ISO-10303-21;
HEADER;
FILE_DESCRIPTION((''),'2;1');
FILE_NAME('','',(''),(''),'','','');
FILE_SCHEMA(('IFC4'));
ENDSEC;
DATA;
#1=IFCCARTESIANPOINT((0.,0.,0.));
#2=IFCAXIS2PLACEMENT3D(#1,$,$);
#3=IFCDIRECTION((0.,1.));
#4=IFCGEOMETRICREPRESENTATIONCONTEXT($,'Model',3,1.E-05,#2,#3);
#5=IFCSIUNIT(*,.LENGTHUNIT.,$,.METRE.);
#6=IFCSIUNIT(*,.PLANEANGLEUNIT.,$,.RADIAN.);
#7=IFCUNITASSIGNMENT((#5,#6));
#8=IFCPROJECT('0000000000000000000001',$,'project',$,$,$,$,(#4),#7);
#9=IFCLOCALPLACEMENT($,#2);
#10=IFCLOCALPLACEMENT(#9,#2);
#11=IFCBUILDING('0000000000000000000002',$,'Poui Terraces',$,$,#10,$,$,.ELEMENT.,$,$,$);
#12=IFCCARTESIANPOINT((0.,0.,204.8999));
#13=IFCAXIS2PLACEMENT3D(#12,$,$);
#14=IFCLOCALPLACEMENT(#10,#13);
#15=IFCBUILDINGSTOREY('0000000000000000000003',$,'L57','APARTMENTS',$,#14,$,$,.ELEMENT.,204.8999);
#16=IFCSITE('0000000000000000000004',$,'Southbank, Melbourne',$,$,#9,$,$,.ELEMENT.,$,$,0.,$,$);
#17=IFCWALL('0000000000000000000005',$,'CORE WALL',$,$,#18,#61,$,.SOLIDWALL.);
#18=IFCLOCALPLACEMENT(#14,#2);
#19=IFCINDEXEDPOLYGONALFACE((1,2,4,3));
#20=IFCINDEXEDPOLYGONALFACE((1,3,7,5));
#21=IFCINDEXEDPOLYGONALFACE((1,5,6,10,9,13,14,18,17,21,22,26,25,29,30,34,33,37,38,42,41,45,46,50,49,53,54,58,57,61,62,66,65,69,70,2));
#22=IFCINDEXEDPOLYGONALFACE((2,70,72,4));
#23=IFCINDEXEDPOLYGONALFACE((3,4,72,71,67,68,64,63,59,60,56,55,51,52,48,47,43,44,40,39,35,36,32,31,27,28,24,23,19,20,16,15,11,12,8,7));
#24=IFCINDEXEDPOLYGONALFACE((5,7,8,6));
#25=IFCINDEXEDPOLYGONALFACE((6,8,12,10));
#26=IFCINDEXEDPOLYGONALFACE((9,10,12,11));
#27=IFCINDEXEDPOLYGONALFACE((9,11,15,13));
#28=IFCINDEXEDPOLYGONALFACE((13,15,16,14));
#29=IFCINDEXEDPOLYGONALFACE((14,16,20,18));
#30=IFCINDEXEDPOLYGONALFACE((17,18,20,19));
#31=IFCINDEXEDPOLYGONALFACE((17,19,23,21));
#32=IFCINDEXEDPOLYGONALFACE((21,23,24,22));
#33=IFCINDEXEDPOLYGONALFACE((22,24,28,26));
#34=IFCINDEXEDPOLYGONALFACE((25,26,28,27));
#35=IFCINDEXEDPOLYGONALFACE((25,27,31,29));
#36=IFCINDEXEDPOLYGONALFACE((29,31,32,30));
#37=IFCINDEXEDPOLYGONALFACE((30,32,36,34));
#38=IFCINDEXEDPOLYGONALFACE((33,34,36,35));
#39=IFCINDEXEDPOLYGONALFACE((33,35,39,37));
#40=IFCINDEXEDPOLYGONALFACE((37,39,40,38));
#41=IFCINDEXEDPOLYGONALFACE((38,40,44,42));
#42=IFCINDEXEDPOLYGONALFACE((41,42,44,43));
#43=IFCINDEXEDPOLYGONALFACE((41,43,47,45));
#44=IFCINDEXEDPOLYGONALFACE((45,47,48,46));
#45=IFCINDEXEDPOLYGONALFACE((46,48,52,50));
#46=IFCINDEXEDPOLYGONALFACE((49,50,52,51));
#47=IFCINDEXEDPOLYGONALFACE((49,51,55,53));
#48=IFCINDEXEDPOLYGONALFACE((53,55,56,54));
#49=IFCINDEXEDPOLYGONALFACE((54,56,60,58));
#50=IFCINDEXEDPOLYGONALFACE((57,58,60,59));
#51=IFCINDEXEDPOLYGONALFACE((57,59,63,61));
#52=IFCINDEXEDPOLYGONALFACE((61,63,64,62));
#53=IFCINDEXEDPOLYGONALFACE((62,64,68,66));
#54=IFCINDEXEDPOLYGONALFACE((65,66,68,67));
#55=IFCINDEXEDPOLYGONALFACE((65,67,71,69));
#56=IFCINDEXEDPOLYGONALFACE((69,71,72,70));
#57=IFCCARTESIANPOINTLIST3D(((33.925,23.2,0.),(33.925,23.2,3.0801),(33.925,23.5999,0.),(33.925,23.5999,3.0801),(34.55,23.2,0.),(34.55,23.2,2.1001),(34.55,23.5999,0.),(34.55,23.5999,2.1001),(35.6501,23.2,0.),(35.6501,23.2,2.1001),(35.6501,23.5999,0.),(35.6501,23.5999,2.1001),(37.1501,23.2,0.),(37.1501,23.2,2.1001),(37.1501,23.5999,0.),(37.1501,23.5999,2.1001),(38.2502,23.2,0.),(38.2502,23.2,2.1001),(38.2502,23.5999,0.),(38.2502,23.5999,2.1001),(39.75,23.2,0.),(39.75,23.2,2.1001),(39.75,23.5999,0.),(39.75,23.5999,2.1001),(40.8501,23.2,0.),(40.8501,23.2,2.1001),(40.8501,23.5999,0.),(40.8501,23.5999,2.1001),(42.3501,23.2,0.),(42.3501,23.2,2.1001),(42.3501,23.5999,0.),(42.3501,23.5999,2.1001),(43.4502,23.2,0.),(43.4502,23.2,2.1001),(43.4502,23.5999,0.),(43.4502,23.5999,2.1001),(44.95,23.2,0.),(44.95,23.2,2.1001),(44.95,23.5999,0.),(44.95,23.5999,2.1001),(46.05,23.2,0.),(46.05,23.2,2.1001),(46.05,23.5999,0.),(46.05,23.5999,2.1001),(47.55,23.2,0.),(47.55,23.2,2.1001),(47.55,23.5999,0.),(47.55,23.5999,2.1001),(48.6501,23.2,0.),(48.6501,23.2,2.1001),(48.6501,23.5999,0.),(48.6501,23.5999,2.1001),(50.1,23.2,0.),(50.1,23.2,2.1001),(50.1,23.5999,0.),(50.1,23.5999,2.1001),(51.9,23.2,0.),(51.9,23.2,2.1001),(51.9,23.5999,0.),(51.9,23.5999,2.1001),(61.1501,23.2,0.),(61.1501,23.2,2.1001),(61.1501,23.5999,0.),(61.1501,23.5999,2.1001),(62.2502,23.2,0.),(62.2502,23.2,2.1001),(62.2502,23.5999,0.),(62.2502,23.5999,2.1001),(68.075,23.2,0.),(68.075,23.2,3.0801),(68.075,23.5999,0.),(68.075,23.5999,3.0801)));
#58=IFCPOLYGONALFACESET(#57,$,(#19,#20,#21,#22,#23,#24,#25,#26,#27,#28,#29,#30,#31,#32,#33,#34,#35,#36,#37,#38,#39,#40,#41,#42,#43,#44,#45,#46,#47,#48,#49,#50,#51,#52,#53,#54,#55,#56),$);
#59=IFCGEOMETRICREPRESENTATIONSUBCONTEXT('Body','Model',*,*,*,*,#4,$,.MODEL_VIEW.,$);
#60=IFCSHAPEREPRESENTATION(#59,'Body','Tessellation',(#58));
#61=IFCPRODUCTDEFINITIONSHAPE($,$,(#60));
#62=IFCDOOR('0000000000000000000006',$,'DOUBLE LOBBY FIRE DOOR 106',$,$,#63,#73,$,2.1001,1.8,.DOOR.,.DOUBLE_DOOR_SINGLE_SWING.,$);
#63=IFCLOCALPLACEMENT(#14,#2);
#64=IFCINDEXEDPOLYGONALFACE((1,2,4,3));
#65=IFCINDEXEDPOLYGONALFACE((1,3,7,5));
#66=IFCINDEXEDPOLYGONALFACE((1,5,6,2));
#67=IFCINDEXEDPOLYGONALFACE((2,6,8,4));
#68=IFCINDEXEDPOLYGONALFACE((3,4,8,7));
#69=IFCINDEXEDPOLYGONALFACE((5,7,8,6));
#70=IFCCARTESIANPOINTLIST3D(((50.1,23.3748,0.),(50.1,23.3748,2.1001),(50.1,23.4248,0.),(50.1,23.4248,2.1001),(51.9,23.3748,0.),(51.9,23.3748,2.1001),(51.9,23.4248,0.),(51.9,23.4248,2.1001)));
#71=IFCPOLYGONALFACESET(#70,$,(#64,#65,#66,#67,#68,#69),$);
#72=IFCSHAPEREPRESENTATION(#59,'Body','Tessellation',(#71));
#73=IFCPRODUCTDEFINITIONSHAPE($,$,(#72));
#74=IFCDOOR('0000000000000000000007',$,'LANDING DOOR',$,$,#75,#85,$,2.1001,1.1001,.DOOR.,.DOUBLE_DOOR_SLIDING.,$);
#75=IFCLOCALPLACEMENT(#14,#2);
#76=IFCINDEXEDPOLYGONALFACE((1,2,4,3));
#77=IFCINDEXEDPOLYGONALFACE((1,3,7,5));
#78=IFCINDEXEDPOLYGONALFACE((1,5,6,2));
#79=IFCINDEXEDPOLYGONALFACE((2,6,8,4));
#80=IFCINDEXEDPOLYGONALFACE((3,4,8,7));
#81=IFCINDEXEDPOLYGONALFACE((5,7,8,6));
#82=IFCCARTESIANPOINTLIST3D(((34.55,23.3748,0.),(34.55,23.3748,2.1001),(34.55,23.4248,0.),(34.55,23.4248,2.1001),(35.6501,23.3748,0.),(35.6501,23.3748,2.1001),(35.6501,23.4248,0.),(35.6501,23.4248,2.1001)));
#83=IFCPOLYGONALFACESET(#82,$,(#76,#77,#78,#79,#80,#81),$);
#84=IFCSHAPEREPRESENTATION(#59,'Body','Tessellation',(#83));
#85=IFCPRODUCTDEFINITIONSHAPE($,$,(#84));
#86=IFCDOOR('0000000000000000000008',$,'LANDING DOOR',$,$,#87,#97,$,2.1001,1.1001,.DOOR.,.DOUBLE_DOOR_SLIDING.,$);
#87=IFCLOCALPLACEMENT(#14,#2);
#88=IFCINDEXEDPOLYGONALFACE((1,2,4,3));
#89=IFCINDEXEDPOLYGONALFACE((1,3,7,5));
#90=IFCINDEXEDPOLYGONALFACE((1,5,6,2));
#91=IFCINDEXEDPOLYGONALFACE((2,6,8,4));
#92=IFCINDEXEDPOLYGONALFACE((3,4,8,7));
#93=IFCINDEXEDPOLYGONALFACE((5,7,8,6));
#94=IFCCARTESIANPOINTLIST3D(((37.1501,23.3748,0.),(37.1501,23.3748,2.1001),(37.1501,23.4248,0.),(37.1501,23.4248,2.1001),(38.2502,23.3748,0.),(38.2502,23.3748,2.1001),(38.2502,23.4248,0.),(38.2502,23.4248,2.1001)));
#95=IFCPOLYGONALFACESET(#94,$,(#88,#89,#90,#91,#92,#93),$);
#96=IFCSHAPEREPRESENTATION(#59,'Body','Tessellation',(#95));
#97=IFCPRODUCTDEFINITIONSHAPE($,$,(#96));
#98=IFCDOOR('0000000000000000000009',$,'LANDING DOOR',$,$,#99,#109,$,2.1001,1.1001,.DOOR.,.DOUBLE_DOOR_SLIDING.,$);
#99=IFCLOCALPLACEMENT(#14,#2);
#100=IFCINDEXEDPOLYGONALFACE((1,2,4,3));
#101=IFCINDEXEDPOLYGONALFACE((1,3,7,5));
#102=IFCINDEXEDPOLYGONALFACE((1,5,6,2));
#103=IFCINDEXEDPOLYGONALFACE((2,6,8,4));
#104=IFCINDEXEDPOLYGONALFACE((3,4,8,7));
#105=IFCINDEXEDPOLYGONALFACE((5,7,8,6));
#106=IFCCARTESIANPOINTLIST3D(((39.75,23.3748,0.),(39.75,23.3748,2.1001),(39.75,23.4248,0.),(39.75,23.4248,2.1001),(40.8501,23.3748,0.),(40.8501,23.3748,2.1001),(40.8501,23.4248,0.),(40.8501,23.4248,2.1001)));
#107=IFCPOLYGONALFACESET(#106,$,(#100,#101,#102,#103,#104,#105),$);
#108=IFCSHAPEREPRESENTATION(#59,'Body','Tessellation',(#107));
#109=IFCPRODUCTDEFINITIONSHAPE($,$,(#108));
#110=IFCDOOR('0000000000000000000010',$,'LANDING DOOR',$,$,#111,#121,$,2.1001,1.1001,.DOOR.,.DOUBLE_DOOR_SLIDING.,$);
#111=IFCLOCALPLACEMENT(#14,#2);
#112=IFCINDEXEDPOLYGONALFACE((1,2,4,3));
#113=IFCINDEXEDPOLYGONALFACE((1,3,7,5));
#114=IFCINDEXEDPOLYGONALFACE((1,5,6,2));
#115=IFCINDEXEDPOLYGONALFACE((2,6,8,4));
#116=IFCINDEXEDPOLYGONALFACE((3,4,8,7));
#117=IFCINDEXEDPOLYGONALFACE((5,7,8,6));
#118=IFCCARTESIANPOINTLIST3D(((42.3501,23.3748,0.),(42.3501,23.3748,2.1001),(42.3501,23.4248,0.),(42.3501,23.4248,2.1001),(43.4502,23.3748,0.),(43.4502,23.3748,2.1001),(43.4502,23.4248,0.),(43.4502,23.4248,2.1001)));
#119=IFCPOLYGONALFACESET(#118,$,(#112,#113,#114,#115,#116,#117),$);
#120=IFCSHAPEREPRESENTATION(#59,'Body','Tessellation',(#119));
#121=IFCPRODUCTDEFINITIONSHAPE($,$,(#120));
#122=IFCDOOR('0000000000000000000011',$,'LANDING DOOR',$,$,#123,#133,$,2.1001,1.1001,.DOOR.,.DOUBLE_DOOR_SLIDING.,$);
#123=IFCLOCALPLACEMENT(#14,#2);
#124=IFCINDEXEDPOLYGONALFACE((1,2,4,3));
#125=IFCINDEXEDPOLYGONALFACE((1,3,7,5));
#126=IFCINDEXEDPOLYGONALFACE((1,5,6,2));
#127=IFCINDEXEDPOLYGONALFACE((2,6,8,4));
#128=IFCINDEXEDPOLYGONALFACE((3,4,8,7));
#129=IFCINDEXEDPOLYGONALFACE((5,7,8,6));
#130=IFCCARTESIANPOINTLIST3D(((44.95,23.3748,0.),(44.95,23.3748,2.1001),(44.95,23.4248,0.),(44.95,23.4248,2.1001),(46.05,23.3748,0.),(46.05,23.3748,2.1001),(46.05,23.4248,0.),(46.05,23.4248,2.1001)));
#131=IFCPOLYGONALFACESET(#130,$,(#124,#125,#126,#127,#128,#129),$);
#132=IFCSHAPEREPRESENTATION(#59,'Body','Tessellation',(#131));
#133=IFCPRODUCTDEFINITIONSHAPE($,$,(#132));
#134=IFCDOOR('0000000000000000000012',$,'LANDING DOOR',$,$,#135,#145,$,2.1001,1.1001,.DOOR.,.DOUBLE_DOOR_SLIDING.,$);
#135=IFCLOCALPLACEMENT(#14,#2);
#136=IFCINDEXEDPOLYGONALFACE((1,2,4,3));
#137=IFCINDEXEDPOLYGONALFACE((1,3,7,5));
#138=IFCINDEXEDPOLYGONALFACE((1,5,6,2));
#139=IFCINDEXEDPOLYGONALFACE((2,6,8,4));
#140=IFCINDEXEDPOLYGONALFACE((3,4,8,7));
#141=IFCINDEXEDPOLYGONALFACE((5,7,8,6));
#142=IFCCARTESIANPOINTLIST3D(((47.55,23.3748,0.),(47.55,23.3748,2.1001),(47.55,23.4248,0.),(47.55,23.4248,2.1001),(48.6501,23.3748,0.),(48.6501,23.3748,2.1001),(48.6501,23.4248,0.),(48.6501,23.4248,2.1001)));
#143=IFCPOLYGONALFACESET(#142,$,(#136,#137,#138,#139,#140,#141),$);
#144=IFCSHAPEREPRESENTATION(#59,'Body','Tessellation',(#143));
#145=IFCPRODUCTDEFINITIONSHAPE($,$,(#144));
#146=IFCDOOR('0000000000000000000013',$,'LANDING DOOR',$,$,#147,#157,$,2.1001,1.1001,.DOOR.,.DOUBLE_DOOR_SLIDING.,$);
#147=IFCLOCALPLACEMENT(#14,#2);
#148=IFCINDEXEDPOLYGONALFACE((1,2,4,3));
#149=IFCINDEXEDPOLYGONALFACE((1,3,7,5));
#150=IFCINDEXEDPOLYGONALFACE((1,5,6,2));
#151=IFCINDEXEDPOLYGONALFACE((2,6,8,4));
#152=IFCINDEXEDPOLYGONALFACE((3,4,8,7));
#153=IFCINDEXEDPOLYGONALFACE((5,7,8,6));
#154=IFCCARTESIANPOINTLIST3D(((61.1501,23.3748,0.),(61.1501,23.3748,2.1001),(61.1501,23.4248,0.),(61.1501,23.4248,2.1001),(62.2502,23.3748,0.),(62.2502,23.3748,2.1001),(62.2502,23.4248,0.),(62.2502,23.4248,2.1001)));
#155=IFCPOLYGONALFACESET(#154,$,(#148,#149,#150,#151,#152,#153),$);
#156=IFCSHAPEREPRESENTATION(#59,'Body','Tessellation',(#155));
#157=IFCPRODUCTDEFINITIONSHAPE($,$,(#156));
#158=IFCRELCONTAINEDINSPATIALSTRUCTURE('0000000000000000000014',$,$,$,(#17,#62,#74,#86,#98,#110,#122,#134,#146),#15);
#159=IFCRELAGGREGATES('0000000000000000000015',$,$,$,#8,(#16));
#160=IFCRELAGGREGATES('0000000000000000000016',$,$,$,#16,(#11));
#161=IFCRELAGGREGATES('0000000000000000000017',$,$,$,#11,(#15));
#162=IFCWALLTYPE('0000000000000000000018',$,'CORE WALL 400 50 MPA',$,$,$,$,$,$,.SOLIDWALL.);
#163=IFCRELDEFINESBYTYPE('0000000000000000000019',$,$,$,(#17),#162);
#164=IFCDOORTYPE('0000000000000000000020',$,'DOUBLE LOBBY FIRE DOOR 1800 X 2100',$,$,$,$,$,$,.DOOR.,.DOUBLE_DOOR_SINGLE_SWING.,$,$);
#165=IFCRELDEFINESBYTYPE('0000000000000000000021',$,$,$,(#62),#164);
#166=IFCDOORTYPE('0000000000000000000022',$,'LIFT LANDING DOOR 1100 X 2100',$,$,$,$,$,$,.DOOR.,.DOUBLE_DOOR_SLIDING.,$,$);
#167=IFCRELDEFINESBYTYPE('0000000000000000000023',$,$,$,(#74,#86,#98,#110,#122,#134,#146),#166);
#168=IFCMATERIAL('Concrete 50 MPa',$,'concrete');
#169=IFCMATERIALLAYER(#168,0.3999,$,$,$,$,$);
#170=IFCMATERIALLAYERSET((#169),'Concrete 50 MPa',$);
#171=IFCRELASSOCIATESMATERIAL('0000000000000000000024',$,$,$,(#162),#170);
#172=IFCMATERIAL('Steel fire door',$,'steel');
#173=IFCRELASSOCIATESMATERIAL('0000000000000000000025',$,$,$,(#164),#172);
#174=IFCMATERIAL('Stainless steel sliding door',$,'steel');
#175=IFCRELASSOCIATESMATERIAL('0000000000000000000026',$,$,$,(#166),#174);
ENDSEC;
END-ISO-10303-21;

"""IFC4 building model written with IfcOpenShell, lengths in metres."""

from ifc_helpers import new_model, si_unit, direction, frame, frame_2d, origin, place, context, subcontext, project, spatial, rectangle, extrude, material, layer, layer_set, type_object, element, fill, save


model = new_model("IFC4")

# Units and contexts
model_context = context("Model", 3, precision=1e-05, world=origin(), true_north=direction((0.0, 1.0)))
body_context = subcontext(model_context, "Body", "Model", "MODEL_VIEW")
ifc_project = project(units=[si_unit("LENGTHUNIT", "METRE"), si_unit("PLANEANGLEUNIT", "RADIAN")], contexts=[model_context])

# Site, building, storey
site_placement = place(None, origin())
site = spatial("IfcSite", under=ifc_project, at=site_placement, Name="Southbank, Melbourne", CompositionType="ELEMENT", RefElevation=0.0)
building_placement = place(site_placement, origin())
building = spatial("IfcBuilding", under=site, at=building_placement, Name="Poui Terraces", CompositionType="ELEMENT")
storey_placement = place(building_placement, frame((0.0, 0.0, 204.8999)))
storey = spatial("IfcBuildingStorey", under=building, at=storey_placement, Name="L57", Description="APARTMENTS", CompositionType="ELEMENT", Elevation=204.8999)

# Wall, openings, doors
ifc_material_1 = material(Name="Concrete 50 MPa", Category="concrete")
ifc_layer_1 = layer(ifc_material_1, 0.3999)
ifc_layer_set_1 = layer_set([ifc_layer_1], Name="Concrete 50 MPa")
wall_type_1 = type_object("IfcWallType", Name="CORE WALL 400 50 MPA", PredefinedType="SOLIDWALL", material=ifc_layer_set_1)
ifc_material_2 = material(Name="Steel fire door", Category="steel")
door_type_1 = type_object("IfcDoorType", Name="DOUBLE LOBBY FIRE DOOR 1800 X 2100", OperationType="DOUBLE_DOOR_SINGLE_SWING", PredefinedType="DOOR", material=ifc_material_2)
wall_1_placement = place(storey_placement, frame((33.925, 23.3999, 0.0), z_axis=(0.0, 0.0, 1.0), x_axis=(1.0, 0.0, 0.0)))
wall_1 = element("IfcWall", 1, at=wall_1_placement, inside=storey, type_object=wall_type_1, Name="CORE WALL", PredefinedType="SOLIDWALL", context=body_context, shape_type="SweptSolid", body=[
    extrude(rectangle(XDim=34.1499, YDim=0.3999, at=frame_2d((17.075, 0.0))), origin(), (0.0, 0.0, 1.0), 3.0801),
])
opening_1_placement = place(wall_1_placement, frame((16.175, 0.0, 0.0)))
opening_1 = element("IfcOpeningElement", 2, at=opening_1_placement, cuts=wall_1, PredefinedType="OPENING", context=body_context, shape_type="SweptSolid", body=[
    extrude(rectangle(XDim=1.8, YDim=2.1001, at=frame_2d((0.8999, 1.05))), frame((0.0, 0.21, 0.0), z_axis=(0.0, -1.0, 0.0), x_axis=(1.0, 0.0, 0.0)), (0.0, 0.0, 1.0), 0.4199),
])
opening_2_placement = place(wall_1_placement, frame((0.625, 0.0, 0.0)))
opening_2 = element("IfcOpeningElement", 3, at=opening_2_placement, cuts=wall_1, PredefinedType="OPENING", context=body_context, shape_type="SweptSolid", body=[
    extrude(rectangle(XDim=1.1001, YDim=2.1001, at=frame_2d((0.55, 1.05))), frame((0.0, 0.21, 0.0), z_axis=(0.0, -1.0, 0.0), x_axis=(1.0, 0.0, 0.0)), (0.0, 0.0, 1.0), 0.4199),
])
opening_3_placement = place(wall_1_placement, frame((3.2251, 0.0, 0.0)))
opening_3 = element("IfcOpeningElement", 4, at=opening_3_placement, cuts=wall_1, PredefinedType="OPENING", context=body_context, shape_type="SweptSolid", body=[
    extrude(rectangle(XDim=1.1001, YDim=2.1001, at=frame_2d((0.55, 1.05))), frame((0.0, 0.21, 0.0), z_axis=(0.0, -1.0, 0.0), x_axis=(1.0, 0.0, 0.0)), (0.0, 0.0, 1.0), 0.4199),
])
opening_4_placement = place(wall_1_placement, frame((5.825, 0.0, 0.0)))
opening_4 = element("IfcOpeningElement", 5, at=opening_4_placement, cuts=wall_1, PredefinedType="OPENING", context=body_context, shape_type="SweptSolid", body=[
    extrude(rectangle(XDim=1.1001, YDim=2.1001, at=frame_2d((0.55, 1.05))), frame((0.0, 0.21, 0.0), z_axis=(0.0, -1.0, 0.0), x_axis=(1.0, 0.0, 0.0)), (0.0, 0.0, 1.0), 0.4199),
])
opening_5_placement = place(wall_1_placement, frame((8.425, 0.0, 0.0)))
opening_5 = element("IfcOpeningElement", 6, at=opening_5_placement, cuts=wall_1, PredefinedType="OPENING", context=body_context, shape_type="SweptSolid", body=[
    extrude(rectangle(XDim=1.1001, YDim=2.1001, at=frame_2d((0.55, 1.05))), frame((0.0, 0.21, 0.0), z_axis=(0.0, -1.0, 0.0), x_axis=(1.0, 0.0, 0.0)), (0.0, 0.0, 1.0), 0.4199),
])
opening_6_placement = place(wall_1_placement, frame((11.0249, 0.0, 0.0)))
opening_6 = element("IfcOpeningElement", 7, at=opening_6_placement, cuts=wall_1, PredefinedType="OPENING", context=body_context, shape_type="SweptSolid", body=[
    extrude(rectangle(XDim=1.1001, YDim=2.1001, at=frame_2d((0.55, 1.05))), frame((0.0, 0.21, 0.0), z_axis=(0.0, -1.0, 0.0), x_axis=(1.0, 0.0, 0.0)), (0.0, 0.0, 1.0), 0.4199),
])
opening_7_placement = place(wall_1_placement, frame((13.625, 0.0, 0.0)))
opening_7 = element("IfcOpeningElement", 8, at=opening_7_placement, cuts=wall_1, PredefinedType="OPENING", context=body_context, shape_type="SweptSolid", body=[
    extrude(rectangle(XDim=1.1001, YDim=2.1001, at=frame_2d((0.55, 1.05))), frame((0.0, 0.21, 0.0), z_axis=(0.0, -1.0, 0.0), x_axis=(1.0, 0.0, 0.0)), (0.0, 0.0, 1.0), 0.4199),
])
opening_8_placement = place(wall_1_placement, frame((27.2251, 0.0, 0.0)))
opening_8 = element("IfcOpeningElement", 9, at=opening_8_placement, cuts=wall_1, PredefinedType="OPENING", context=body_context, shape_type="SweptSolid", body=[
    extrude(rectangle(XDim=1.1001, YDim=2.1001, at=frame_2d((0.55, 1.05))), frame((0.0, 0.21, 0.0), z_axis=(0.0, -1.0, 0.0), x_axis=(1.0, 0.0, 0.0)), (0.0, 0.0, 1.0), 0.4199),
])
door_1_placement = place(opening_1_placement, origin())
door_1 = element("IfcDoor", 10, at=door_1_placement, inside=storey, type_object=door_type_1, Name="DOUBLE LOBBY FIRE DOOR 106", OperationType="DOUBLE_DOOR_SINGLE_SWING", OverallHeight=2.1001, OverallWidth=1.8, PredefinedType="DOOR", context=body_context, shape_type="SweptSolid", body=[
    extrude(rectangle(XDim=1.8, YDim=2.1001, at=frame_2d((0.8999, 1.05))), frame((0.0, 0.0249, 0.0), z_axis=(0.0, -1.0, 0.0), x_axis=(1.0, 0.0, 0.0)), (0.0, 0.0, 1.0), 0.05),
])
fill(opening_1, door_1)
ifc_material_3 = material(Name="Stainless steel sliding door", Category="steel")
door_type_2 = type_object("IfcDoorType", Name="LIFT LANDING DOOR 1100 X 2100", OperationType="DOUBLE_DOOR_SLIDING", PredefinedType="DOOR", material=ifc_material_3)
door_2_placement = place(opening_2_placement, origin())
door_2 = element("IfcDoor", 11, at=door_2_placement, inside=storey, type_object=door_type_2, Name="LANDING DOOR", OperationType="DOUBLE_DOOR_SLIDING", OverallHeight=2.1001, OverallWidth=1.1001, PredefinedType="DOOR", context=body_context, shape_type="SweptSolid", body=[
    extrude(rectangle(XDim=1.1001, YDim=2.1001, at=frame_2d((0.55, 1.05))), frame((0.0, 0.0249, 0.0), z_axis=(0.0, -1.0, 0.0), x_axis=(1.0, 0.0, 0.0)), (0.0, 0.0, 1.0), 0.05),
])
fill(opening_2, door_2)
door_3_placement = place(opening_3_placement, origin())
door_3 = element("IfcDoor", 12, at=door_3_placement, inside=storey, type_object=door_type_2, Name="LANDING DOOR", OperationType="DOUBLE_DOOR_SLIDING", OverallHeight=2.1001, OverallWidth=1.1001, PredefinedType="DOOR", context=body_context, shape_type="SweptSolid", body=[
    extrude(rectangle(XDim=1.1001, YDim=2.1001, at=frame_2d((0.55, 1.05))), frame((0.0, 0.0249, 0.0), z_axis=(0.0, -1.0, 0.0), x_axis=(1.0, 0.0, 0.0)), (0.0, 0.0, 1.0), 0.05),
])
fill(opening_3, door_3)
door_4_placement = place(opening_4_placement, origin())
door_4 = element("IfcDoor", 13, at=door_4_placement, inside=storey, type_object=door_type_2, Name="LANDING DOOR", OperationType="DOUBLE_DOOR_SLIDING", OverallHeight=2.1001, OverallWidth=1.1001, PredefinedType="DOOR", context=body_context, shape_type="SweptSolid", body=[
    extrude(rectangle(XDim=1.1001, YDim=2.1001, at=frame_2d((0.55, 1.05))), frame((0.0, 0.0249, 0.0), z_axis=(0.0, -1.0, 0.0), x_axis=(1.0, 0.0, 0.0)), (0.0, 0.0, 1.0), 0.05),
])
fill(opening_4, door_4)
door_5_placement = place(opening_5_placement, origin())
door_5 = element("IfcDoor", 14, at=door_5_placement, inside=storey, type_object=door_type_2, Name="LANDING DOOR", OperationType="DOUBLE_DOOR_SLIDING", OverallHeight=2.1001, OverallWidth=1.1001, PredefinedType="DOOR", context=body_context, shape_type="SweptSolid", body=[
    extrude(rectangle(XDim=1.1001, YDim=2.1001, at=frame_2d((0.55, 1.05))), frame((0.0, 0.0249, 0.0), z_axis=(0.0, -1.0, 0.0), x_axis=(1.0, 0.0, 0.0)), (0.0, 0.0, 1.0), 0.05),
])
fill(opening_5, door_5)
door_6_placement = place(opening_6_placement, origin())
door_6 = element("IfcDoor", 15, at=door_6_placement, inside=storey, type_object=door_type_2, Name="LANDING DOOR", OperationType="DOUBLE_DOOR_SLIDING", OverallHeight=2.1001, OverallWidth=1.1001, PredefinedType="DOOR", context=body_context, shape_type="SweptSolid", body=[
    extrude(rectangle(XDim=1.1001, YDim=2.1001, at=frame_2d((0.55, 1.05))), frame((0.0, 0.0249, 0.0), z_axis=(0.0, -1.0, 0.0), x_axis=(1.0, 0.0, 0.0)), (0.0, 0.0, 1.0), 0.05),
])
fill(opening_6, door_6)
door_7_placement = place(opening_7_placement, origin())
door_7 = element("IfcDoor", 16, at=door_7_placement, inside=storey, type_object=door_type_2, Name="LANDING DOOR", OperationType="DOUBLE_DOOR_SLIDING", OverallHeight=2.1001, OverallWidth=1.1001, PredefinedType="DOOR", context=body_context, shape_type="SweptSolid", body=[
    extrude(rectangle(XDim=1.1001, YDim=2.1001, at=frame_2d((0.55, 1.05))), frame((0.0, 0.0249, 0.0), z_axis=(0.0, -1.0, 0.0), x_axis=(1.0, 0.0, 0.0)), (0.0, 0.0, 1.0), 0.05),
])
fill(opening_7, door_7)
door_8_placement = place(opening_8_placement, origin())
door_8 = element("IfcDoor", 17, at=door_8_placement, inside=storey, type_object=door_type_2, Name="LANDING DOOR", OperationType="DOUBLE_DOOR_SLIDING", OverallHeight=2.1001, OverallWidth=1.1001, PredefinedType="DOOR", context=body_context, shape_type="SweptSolid", body=[
    extrude(rectangle(XDim=1.1001, YDim=2.1001, at=frame_2d((0.55, 1.05))), frame((0.0, 0.0249, 0.0), z_axis=(0.0, -1.0, 0.0), x_axis=(1.0, 0.0, 0.0)), (0.0, 0.0, 1.0), 0.05),
])
fill(opening_8, door_8)

save(model, "model.ifc")
